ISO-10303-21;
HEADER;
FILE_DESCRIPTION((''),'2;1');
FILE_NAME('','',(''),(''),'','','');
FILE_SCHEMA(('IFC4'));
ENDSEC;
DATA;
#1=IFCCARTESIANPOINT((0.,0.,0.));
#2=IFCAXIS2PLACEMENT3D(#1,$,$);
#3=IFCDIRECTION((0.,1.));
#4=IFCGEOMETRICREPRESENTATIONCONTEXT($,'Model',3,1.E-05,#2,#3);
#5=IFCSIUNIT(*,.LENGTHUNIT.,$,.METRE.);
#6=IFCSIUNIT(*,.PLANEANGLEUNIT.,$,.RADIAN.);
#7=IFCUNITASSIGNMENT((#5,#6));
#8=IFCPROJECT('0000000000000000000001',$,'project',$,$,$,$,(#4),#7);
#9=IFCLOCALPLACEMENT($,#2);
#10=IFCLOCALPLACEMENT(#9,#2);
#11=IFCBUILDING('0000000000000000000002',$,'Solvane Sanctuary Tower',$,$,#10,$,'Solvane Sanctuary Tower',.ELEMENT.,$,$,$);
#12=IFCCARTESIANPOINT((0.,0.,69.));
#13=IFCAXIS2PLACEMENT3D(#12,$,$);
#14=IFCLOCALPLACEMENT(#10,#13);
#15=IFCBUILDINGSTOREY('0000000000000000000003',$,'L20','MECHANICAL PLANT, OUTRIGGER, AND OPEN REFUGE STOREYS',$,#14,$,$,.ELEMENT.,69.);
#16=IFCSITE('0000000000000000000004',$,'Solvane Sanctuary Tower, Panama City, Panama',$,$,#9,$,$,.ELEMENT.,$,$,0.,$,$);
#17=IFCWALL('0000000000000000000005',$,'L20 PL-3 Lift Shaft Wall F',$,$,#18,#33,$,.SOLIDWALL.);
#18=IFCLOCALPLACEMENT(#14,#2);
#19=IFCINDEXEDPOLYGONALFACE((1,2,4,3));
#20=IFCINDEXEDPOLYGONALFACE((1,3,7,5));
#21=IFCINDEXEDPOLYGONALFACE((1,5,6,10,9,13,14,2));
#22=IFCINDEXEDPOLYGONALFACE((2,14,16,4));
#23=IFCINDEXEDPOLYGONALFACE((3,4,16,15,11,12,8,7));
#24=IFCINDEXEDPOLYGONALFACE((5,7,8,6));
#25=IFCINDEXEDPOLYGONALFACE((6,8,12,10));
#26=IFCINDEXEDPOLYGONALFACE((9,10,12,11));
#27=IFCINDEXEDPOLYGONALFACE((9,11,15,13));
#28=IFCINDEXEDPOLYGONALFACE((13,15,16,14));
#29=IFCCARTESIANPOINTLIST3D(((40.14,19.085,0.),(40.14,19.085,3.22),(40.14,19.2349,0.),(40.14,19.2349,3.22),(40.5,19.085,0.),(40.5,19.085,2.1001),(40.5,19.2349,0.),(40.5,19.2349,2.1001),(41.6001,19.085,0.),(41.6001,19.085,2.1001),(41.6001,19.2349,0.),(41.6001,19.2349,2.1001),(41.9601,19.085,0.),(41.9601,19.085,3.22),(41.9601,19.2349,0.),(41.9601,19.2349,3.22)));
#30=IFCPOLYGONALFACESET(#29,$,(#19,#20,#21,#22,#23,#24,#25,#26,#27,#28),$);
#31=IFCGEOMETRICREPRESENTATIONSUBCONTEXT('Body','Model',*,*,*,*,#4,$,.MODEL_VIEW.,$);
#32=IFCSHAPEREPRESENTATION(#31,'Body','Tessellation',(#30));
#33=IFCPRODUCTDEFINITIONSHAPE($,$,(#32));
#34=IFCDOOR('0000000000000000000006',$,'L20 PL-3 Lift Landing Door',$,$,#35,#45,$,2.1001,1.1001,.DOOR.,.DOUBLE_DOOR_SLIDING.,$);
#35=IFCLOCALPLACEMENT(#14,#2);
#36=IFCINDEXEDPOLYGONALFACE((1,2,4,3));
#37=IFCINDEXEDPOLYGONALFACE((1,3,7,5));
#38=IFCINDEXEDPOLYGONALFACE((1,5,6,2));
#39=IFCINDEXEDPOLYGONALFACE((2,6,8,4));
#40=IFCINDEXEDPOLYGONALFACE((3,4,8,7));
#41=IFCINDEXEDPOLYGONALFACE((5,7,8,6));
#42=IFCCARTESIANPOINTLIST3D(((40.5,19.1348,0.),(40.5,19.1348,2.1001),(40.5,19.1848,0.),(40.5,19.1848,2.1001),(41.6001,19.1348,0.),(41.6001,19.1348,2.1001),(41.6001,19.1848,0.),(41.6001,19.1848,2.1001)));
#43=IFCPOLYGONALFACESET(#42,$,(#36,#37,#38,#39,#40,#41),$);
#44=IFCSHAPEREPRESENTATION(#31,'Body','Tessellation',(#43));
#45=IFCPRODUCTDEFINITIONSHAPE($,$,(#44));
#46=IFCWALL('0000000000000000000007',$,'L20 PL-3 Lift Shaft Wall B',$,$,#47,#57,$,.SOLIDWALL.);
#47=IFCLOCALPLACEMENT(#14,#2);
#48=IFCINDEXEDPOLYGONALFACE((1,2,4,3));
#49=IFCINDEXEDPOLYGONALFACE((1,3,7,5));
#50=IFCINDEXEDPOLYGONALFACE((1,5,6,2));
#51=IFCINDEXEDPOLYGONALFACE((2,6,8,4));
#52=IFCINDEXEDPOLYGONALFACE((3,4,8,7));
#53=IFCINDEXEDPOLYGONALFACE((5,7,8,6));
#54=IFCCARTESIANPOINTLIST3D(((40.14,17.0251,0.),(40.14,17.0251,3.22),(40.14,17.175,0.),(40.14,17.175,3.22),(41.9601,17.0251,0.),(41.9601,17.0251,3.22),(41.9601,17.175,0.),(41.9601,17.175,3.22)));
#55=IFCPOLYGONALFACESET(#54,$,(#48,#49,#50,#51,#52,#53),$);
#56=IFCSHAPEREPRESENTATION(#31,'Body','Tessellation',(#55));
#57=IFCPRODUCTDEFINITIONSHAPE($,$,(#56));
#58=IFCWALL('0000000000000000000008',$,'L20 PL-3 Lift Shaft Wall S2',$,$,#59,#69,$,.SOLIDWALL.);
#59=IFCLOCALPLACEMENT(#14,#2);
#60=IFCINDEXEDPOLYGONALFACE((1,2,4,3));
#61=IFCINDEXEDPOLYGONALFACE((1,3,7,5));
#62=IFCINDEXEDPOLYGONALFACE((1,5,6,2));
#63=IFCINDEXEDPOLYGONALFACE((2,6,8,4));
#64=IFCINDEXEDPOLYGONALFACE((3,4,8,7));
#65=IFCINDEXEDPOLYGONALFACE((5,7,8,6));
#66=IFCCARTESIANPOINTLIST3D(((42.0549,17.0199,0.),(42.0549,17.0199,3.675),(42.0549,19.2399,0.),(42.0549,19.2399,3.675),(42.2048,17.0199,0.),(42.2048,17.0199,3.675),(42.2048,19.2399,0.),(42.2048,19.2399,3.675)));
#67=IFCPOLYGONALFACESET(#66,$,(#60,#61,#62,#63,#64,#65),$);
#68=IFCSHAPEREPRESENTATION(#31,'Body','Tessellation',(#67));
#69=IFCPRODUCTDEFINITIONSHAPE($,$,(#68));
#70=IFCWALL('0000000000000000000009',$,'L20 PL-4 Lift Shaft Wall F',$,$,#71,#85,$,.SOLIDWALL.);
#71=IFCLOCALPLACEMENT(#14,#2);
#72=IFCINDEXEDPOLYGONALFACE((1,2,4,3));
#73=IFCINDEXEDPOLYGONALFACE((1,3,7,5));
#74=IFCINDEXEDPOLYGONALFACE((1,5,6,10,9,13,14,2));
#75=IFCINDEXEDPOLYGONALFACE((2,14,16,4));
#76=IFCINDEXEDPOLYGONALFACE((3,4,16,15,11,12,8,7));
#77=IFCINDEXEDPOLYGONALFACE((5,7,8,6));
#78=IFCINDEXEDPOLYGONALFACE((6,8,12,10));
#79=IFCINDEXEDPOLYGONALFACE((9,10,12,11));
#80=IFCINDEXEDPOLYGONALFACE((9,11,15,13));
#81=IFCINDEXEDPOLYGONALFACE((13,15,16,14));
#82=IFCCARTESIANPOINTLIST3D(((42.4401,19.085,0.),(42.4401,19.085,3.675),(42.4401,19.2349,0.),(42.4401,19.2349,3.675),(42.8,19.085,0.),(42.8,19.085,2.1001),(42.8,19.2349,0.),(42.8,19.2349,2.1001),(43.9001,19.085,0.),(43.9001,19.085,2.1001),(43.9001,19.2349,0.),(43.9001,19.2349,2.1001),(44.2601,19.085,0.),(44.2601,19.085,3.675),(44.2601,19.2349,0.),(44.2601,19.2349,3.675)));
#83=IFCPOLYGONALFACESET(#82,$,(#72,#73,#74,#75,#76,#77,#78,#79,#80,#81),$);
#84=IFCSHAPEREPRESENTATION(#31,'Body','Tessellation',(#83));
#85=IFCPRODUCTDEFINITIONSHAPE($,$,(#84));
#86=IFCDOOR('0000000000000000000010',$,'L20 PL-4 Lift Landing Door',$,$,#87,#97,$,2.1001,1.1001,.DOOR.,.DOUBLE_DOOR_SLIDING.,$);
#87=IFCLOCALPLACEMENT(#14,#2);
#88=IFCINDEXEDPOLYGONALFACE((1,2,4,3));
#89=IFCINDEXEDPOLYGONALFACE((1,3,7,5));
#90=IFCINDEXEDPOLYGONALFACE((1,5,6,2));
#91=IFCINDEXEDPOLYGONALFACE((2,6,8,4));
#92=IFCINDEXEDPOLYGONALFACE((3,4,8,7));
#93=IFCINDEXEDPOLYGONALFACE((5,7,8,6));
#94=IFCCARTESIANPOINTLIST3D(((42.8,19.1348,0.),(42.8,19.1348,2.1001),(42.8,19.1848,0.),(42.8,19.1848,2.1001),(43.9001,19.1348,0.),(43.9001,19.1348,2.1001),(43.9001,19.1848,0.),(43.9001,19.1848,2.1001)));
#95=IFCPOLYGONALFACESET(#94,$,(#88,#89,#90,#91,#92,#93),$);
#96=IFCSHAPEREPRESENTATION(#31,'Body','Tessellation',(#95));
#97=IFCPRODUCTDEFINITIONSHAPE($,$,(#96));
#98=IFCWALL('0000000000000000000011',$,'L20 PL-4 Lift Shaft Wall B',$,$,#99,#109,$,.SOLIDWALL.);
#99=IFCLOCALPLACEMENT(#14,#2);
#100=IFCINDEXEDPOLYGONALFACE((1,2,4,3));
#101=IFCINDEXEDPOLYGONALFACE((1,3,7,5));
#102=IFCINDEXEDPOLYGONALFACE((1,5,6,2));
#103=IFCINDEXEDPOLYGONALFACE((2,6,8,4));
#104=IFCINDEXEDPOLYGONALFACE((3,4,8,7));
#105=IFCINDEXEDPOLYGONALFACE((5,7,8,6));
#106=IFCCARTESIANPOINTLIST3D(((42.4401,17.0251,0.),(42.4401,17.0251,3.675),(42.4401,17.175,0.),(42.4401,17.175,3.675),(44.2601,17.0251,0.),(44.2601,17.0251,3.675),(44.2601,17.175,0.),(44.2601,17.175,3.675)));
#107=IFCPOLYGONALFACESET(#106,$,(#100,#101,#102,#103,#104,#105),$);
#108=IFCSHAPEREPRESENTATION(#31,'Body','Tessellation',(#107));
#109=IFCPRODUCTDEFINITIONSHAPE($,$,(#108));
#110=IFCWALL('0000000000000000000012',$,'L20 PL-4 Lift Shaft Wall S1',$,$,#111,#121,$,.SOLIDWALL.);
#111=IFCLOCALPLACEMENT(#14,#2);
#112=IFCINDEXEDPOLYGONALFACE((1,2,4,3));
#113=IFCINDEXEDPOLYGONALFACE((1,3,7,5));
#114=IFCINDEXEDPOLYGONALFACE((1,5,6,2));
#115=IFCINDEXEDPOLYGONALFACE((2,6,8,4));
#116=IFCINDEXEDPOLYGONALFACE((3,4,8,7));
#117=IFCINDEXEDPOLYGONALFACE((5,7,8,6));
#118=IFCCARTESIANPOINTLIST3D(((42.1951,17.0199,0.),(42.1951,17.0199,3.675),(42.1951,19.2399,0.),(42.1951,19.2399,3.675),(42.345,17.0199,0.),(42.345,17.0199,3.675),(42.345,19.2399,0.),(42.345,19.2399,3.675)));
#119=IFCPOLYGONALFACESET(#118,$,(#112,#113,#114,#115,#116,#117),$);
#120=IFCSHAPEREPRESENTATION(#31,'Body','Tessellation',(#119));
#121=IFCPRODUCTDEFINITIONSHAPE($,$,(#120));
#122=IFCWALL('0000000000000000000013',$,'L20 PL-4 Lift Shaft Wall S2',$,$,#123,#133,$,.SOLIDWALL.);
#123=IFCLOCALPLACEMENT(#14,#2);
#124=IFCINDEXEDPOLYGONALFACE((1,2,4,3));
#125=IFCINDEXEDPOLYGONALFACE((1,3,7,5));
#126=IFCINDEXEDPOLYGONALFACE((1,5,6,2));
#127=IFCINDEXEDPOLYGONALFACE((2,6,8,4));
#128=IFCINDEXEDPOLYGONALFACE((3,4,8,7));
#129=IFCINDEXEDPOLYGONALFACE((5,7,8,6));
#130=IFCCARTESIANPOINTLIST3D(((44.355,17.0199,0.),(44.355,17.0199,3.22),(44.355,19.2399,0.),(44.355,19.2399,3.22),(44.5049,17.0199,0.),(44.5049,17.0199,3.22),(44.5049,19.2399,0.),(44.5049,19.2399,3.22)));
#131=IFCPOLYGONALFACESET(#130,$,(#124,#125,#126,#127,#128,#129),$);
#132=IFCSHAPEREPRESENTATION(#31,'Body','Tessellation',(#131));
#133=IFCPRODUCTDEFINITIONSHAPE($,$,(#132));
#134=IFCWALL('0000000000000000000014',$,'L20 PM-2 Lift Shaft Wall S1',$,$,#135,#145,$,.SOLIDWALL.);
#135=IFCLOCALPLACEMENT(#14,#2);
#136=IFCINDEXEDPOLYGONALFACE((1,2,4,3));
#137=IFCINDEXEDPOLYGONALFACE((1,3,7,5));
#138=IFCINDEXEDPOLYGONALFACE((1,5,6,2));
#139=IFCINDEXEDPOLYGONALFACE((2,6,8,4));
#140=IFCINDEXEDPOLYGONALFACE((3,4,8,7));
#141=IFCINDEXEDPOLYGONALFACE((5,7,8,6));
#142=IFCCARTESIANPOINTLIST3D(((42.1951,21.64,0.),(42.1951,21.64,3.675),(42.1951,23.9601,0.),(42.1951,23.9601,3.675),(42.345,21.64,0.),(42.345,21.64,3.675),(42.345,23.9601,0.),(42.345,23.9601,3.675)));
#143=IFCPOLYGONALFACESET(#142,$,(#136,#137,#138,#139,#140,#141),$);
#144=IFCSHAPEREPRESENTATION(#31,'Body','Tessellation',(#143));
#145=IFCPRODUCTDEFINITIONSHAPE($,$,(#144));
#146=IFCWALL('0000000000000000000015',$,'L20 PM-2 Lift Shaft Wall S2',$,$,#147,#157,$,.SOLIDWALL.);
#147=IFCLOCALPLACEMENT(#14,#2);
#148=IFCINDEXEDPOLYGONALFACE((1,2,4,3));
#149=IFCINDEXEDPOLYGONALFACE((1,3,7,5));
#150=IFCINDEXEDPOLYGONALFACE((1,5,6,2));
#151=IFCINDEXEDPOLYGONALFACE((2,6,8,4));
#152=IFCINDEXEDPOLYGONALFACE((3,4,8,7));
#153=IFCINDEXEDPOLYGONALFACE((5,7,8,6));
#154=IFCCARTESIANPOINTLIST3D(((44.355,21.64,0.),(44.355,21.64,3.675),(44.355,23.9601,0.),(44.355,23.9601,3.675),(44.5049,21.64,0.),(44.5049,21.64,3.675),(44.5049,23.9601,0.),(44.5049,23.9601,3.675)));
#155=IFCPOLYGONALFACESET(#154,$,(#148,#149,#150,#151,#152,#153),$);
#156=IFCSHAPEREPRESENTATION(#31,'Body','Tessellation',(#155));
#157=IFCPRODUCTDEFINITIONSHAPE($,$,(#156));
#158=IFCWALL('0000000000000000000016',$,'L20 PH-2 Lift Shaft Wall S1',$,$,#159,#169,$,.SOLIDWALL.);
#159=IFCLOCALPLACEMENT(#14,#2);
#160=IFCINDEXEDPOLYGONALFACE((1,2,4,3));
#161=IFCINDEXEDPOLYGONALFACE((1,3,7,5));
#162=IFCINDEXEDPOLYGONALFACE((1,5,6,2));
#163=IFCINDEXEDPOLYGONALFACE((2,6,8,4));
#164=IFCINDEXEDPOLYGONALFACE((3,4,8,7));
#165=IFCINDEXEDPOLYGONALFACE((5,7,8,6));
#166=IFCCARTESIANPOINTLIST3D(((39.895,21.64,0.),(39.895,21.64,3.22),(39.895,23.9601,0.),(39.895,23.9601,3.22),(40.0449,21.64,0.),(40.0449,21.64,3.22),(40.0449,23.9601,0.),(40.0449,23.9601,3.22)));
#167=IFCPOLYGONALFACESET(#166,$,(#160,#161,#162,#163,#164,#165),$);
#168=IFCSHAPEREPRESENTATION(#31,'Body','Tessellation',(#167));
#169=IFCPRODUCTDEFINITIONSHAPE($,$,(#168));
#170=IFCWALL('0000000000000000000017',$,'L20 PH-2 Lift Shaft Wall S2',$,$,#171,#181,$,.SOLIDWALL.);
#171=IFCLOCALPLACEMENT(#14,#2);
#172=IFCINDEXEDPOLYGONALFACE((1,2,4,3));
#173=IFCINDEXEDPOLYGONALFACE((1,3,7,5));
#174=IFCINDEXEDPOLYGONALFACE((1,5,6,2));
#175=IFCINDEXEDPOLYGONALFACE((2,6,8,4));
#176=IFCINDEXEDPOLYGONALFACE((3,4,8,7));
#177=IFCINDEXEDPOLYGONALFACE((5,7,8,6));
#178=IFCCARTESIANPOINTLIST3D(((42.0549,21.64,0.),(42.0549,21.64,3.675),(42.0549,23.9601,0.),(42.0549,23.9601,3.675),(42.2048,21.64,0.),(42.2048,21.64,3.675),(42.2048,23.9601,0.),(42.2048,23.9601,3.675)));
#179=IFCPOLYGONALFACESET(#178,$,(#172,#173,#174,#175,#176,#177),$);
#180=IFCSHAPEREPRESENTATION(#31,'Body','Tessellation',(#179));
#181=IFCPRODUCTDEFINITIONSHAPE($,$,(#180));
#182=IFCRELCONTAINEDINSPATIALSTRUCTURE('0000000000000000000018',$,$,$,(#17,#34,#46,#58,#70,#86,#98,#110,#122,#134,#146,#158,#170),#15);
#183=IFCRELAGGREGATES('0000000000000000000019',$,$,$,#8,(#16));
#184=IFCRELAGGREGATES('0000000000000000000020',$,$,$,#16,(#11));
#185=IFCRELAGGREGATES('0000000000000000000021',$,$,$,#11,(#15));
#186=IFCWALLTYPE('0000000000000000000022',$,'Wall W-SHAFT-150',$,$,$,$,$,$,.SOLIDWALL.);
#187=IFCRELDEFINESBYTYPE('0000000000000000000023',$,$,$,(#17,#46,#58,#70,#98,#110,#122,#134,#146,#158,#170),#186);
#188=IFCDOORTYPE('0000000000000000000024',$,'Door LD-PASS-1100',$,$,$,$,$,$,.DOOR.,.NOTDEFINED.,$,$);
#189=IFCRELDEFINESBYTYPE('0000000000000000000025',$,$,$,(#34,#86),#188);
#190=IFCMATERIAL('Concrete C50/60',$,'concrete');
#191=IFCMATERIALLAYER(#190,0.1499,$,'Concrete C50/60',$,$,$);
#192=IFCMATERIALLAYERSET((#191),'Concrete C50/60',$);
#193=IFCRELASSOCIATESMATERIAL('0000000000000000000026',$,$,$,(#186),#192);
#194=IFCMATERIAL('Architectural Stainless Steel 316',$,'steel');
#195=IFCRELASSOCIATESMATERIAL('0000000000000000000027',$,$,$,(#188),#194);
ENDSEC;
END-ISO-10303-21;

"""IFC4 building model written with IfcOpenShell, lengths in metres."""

from ifc_helpers import new_model, si_unit, direction, frame, frame_2d, origin, place, context, subcontext, project, spatial, rectangle, extrude, material, layer, layer_set, type_object, element, fill, save


model = new_model("IFC4")

# Units and contexts
model_context = context("Model", 3, precision=1e-05, world=origin(), true_north=direction((0.0, 1.0)))
body_context = subcontext(model_context, "Body", "Model", "MODEL_VIEW")
ifc_project = project(units=[si_unit("LENGTHUNIT", "METRE"), si_unit("PLANEANGLEUNIT", "RADIAN")], contexts=[model_context])

# Site, building, storey
site_placement = place(None, origin())
site = spatial("IfcSite", under=ifc_project, at=site_placement, Name="Solvane Sanctuary Tower, Panama City, Panama", CompositionType="ELEMENT", RefElevation=0.0)
building_placement = place(site_placement, origin())
building = spatial("IfcBuilding", under=site, at=building_placement, Name="Solvane Sanctuary Tower", LongName="Solvane Sanctuary Tower", CompositionType="ELEMENT")
storey_placement = place(building_placement, frame((0.0, 0.0, 69.0)))
storey = spatial("IfcBuildingStorey", under=building, at=storey_placement, Name="L20", Description="MECHANICAL PLANT, OUTRIGGER, AND OPEN REFUGE STOREYS", CompositionType="ELEMENT", Elevation=69.0)

# Wall, opening, door
ifc_material_1 = material(Name="Concrete C50/60", Category="concrete")
ifc_layer_1 = layer(ifc_material_1, 0.1499, Name="Concrete C50/60")
ifc_layer_set_1 = layer_set([ifc_layer_1], Name="Concrete C50/60")
wall_type_1 = type_object("IfcWallType", Name="Wall W-SHAFT-150", PredefinedType="SOLIDWALL", material=ifc_layer_set_1)
wall_1_placement = place(storey_placement, frame((40.1399, 19.1599, 0.0), z_axis=(0.0, 0.0, 1.0), x_axis=(1.0, 0.0, 0.0)))
wall_1 = element("IfcWall", 1, at=wall_1_placement, inside=storey, type_object=wall_type_1, Name="L20 PL-3 Lift Shaft Wall F", PredefinedType="SOLIDWALL", context=body_context, shape_type="SweptSolid", body=[
    extrude(rectangle(XDim=1.8201, YDim=0.1499, at=frame_2d((0.9102, 0.0))), origin(), (0.0, 0.0, 1.0), 3.22),
])
opening_1_placement = place(wall_1_placement, frame((0.3601, 0.0, 0.0)))
opening_1 = element("IfcOpeningElement", 2, at=opening_1_placement, cuts=wall_1, PredefinedType="OPENING", context=body_context, shape_type="SweptSolid", body=[
    extrude(rectangle(XDim=1.1001, YDim=2.1001, at=frame_2d((0.55, 1.05))), frame((0.0, 0.085, 0.0), z_axis=(0.0, -1.0, 0.0), x_axis=(1.0, 0.0, 0.0)), (0.0, 0.0, 1.0), 0.1699),
])
ifc_material_2 = material(Name="Architectural Stainless Steel 316", Category="steel")
door_type_1 = type_object("IfcDoorType", Name="Door LD-PASS-1100", OperationType="NOTDEFINED", PredefinedType="DOOR", material=ifc_material_2)
door_1_placement = place(opening_1_placement, origin())
door_1 = element("IfcDoor", 3, at=door_1_placement, inside=storey, type_object=door_type_1, Name="L20 PL-3 Lift Landing Door", OperationType="DOUBLE_DOOR_SLIDING", OverallHeight=2.1001, OverallWidth=1.1001, PredefinedType="DOOR", context=body_context, shape_type="SweptSolid", body=[
    extrude(rectangle(XDim=1.1001, YDim=2.1001, at=frame_2d((0.55, 1.05))), frame((0.0, 0.0249, 0.0), z_axis=(0.0, -1.0, 0.0), x_axis=(1.0, 0.0, 0.0)), (0.0, 0.0, 1.0), 0.05),
])
fill(opening_1, door_1)

# Walls
wall_2_placement = place(storey_placement, frame((40.1399, 17.1001, 0.0), z_axis=(0.0, 0.0, 1.0), x_axis=(1.0, 0.0, 0.0)))
element("IfcWall", 4, at=wall_2_placement, inside=storey, type_object=wall_type_1, Name="L20 PL-3 Lift Shaft Wall B", PredefinedType="SOLIDWALL", context=body_context, shape_type="SweptSolid", body=[
    extrude(rectangle(XDim=1.8201, YDim=0.1499, at=frame_2d((0.9102, 0.0))), origin(), (0.0, 0.0, 1.0), 3.22),
])
wall_3_placement = place(storey_placement, frame((42.1299, 17.02, 0.0), z_axis=(0.0, 0.0, 1.0), x_axis=(0.0, 1.0, 0.0)))
element("IfcWall", 5, at=wall_3_placement, inside=storey, type_object=wall_type_1, Name="L20 PL-3 Lift Shaft Wall S2", PredefinedType="SOLIDWALL", context=body_context, shape_type="SweptSolid", body=[
    extrude(rectangle(XDim=2.22, YDim=0.1499, at=frame_2d((1.1099, 0.0))), origin(), (0.0, 0.0, 1.0), 3.675),
])

# Wall, opening, door
wall_4_placement = place(storey_placement, frame((42.4399, 19.1599, 0.0), z_axis=(0.0, 0.0, 1.0), x_axis=(1.0, 0.0, 0.0)))
wall_4 = element("IfcWall", 6, at=wall_4_placement, inside=storey, type_object=wall_type_1, Name="L20 PL-4 Lift Shaft Wall F", PredefinedType="SOLIDWALL", context=body_context, shape_type="SweptSolid", body=[
    extrude(rectangle(XDim=1.8201, YDim=0.1499, at=frame_2d((0.9102, 0.0))), origin(), (0.0, 0.0, 1.0), 3.675),
])
opening_2_placement = place(wall_4_placement, frame((0.3601, 0.0, 0.0)))
opening_2 = element("IfcOpeningElement", 7, at=opening_2_placement, cuts=wall_4, PredefinedType="OPENING", context=body_context, shape_type="SweptSolid", body=[
    extrude(rectangle(XDim=1.1001, YDim=2.1001, at=frame_2d((0.55, 1.05))), frame((0.0, 0.085, 0.0), z_axis=(0.0, -1.0, 0.0), x_axis=(1.0, 0.0, 0.0)), (0.0, 0.0, 1.0), 0.1699),
])
door_2_placement = place(opening_2_placement, origin())
door_2 = element("IfcDoor", 8, at=door_2_placement, inside=storey, type_object=door_type_1, Name="L20 PL-4 Lift Landing Door", OperationType="DOUBLE_DOOR_SLIDING", OverallHeight=2.1001, OverallWidth=1.1001, PredefinedType="DOOR", context=body_context, shape_type="SweptSolid", body=[
    extrude(rectangle(XDim=1.1001, YDim=2.1001, at=frame_2d((0.55, 1.05))), frame((0.0, 0.0249, 0.0), z_axis=(0.0, -1.0, 0.0), x_axis=(1.0, 0.0, 0.0)), (0.0, 0.0, 1.0), 0.05),
])
fill(opening_2, door_2)

# Walls
wall_5_placement = place(storey_placement, frame((42.4399, 17.1001, 0.0), z_axis=(0.0, 0.0, 1.0), x_axis=(1.0, 0.0, 0.0)))
element("IfcWall", 9, at=wall_5_placement, inside=storey, type_object=wall_type_1, Name="L20 PL-4 Lift Shaft Wall B", PredefinedType="SOLIDWALL", context=body_context, shape_type="SweptSolid", body=[
    extrude(rectangle(XDim=1.8201, YDim=0.1499, at=frame_2d((0.9102, 0.0))), origin(), (0.0, 0.0, 1.0), 3.675),
])
wall_6_placement = place(storey_placement, frame((42.27, 17.02, 0.0), z_axis=(0.0, 0.0, 1.0), x_axis=(0.0, 1.0, 0.0)))
element("IfcWall", 10, at=wall_6_placement, inside=storey, type_object=wall_type_1, Name="L20 PL-4 Lift Shaft Wall S1", PredefinedType="SOLIDWALL", context=body_context, shape_type="SweptSolid", body=[
    extrude(rectangle(XDim=2.22, YDim=0.1499, at=frame_2d((1.1099, 0.0))), origin(), (0.0, 0.0, 1.0), 3.675),
])
wall_7_placement = place(storey_placement, frame((44.4299, 17.02, 0.0), z_axis=(0.0, 0.0, 1.0), x_axis=(0.0, 1.0, 0.0)))
element("IfcWall", 11, at=wall_7_placement, inside=storey, type_object=wall_type_1, Name="L20 PL-4 Lift Shaft Wall S2", PredefinedType="SOLIDWALL", context=body_context, shape_type="SweptSolid", body=[
    extrude(rectangle(XDim=2.22, YDim=0.1499, at=frame_2d((1.1099, 0.0))), origin(), (0.0, 0.0, 1.0), 3.22),
])
for number, where, z_axis, x_axis, name in (
    (12, (42.27, 21.6399, 0.0), (0.0, 0.0, 1.0), (0.0, 1.0, 0.0), "L20 PM-2 Lift Shaft Wall S1"),
    (13, (44.4299, 21.6399, 0.0), (0.0, 0.0, 1.0), (0.0, 1.0, 0.0), "L20 PM-2 Lift Shaft Wall S2"),
):
    element("IfcWall", number, at=place(storey_placement, frame(where, z_axis=z_axis, x_axis=x_axis)), inside=storey, type_object=wall_type_1, Name=name, PredefinedType="SOLIDWALL", context=body_context, shape_type="SweptSolid", body=[
        extrude(rectangle(XDim=2.3201, YDim=0.1499, at=frame_2d((1.1602, 0.0))), origin(), (0.0, 0.0, 1.0), 3.675),
    ])
wall_8_placement = place(storey_placement, frame((39.97, 21.6399, 0.0), z_axis=(0.0, 0.0, 1.0), x_axis=(0.0, 1.0, 0.0)))
element("IfcWall", 14, at=wall_8_placement, inside=storey, type_object=wall_type_1, Name="L20 PH-2 Lift Shaft Wall S1", PredefinedType="SOLIDWALL", context=body_context, shape_type="SweptSolid", body=[
    extrude(rectangle(XDim=2.3201, YDim=0.1499, at=frame_2d((1.1602, 0.0))), origin(), (0.0, 0.0, 1.0), 3.22),
])
wall_9_placement = place(storey_placement, frame((42.1299, 21.6399, 0.0), z_axis=(0.0, 0.0, 1.0), x_axis=(0.0, 1.0, 0.0)))
element("IfcWall", 15, at=wall_9_placement, inside=storey, type_object=wall_type_1, Name="L20 PH-2 Lift Shaft Wall S2", PredefinedType="SOLIDWALL", context=body_context, shape_type="SweptSolid", body=[
    extrude(rectangle(XDim=2.3201, YDim=0.1499, at=frame_2d((1.1602, 0.0))), origin(), (0.0, 0.0, 1.0), 3.675),
])

save(model, "model.ifc")
